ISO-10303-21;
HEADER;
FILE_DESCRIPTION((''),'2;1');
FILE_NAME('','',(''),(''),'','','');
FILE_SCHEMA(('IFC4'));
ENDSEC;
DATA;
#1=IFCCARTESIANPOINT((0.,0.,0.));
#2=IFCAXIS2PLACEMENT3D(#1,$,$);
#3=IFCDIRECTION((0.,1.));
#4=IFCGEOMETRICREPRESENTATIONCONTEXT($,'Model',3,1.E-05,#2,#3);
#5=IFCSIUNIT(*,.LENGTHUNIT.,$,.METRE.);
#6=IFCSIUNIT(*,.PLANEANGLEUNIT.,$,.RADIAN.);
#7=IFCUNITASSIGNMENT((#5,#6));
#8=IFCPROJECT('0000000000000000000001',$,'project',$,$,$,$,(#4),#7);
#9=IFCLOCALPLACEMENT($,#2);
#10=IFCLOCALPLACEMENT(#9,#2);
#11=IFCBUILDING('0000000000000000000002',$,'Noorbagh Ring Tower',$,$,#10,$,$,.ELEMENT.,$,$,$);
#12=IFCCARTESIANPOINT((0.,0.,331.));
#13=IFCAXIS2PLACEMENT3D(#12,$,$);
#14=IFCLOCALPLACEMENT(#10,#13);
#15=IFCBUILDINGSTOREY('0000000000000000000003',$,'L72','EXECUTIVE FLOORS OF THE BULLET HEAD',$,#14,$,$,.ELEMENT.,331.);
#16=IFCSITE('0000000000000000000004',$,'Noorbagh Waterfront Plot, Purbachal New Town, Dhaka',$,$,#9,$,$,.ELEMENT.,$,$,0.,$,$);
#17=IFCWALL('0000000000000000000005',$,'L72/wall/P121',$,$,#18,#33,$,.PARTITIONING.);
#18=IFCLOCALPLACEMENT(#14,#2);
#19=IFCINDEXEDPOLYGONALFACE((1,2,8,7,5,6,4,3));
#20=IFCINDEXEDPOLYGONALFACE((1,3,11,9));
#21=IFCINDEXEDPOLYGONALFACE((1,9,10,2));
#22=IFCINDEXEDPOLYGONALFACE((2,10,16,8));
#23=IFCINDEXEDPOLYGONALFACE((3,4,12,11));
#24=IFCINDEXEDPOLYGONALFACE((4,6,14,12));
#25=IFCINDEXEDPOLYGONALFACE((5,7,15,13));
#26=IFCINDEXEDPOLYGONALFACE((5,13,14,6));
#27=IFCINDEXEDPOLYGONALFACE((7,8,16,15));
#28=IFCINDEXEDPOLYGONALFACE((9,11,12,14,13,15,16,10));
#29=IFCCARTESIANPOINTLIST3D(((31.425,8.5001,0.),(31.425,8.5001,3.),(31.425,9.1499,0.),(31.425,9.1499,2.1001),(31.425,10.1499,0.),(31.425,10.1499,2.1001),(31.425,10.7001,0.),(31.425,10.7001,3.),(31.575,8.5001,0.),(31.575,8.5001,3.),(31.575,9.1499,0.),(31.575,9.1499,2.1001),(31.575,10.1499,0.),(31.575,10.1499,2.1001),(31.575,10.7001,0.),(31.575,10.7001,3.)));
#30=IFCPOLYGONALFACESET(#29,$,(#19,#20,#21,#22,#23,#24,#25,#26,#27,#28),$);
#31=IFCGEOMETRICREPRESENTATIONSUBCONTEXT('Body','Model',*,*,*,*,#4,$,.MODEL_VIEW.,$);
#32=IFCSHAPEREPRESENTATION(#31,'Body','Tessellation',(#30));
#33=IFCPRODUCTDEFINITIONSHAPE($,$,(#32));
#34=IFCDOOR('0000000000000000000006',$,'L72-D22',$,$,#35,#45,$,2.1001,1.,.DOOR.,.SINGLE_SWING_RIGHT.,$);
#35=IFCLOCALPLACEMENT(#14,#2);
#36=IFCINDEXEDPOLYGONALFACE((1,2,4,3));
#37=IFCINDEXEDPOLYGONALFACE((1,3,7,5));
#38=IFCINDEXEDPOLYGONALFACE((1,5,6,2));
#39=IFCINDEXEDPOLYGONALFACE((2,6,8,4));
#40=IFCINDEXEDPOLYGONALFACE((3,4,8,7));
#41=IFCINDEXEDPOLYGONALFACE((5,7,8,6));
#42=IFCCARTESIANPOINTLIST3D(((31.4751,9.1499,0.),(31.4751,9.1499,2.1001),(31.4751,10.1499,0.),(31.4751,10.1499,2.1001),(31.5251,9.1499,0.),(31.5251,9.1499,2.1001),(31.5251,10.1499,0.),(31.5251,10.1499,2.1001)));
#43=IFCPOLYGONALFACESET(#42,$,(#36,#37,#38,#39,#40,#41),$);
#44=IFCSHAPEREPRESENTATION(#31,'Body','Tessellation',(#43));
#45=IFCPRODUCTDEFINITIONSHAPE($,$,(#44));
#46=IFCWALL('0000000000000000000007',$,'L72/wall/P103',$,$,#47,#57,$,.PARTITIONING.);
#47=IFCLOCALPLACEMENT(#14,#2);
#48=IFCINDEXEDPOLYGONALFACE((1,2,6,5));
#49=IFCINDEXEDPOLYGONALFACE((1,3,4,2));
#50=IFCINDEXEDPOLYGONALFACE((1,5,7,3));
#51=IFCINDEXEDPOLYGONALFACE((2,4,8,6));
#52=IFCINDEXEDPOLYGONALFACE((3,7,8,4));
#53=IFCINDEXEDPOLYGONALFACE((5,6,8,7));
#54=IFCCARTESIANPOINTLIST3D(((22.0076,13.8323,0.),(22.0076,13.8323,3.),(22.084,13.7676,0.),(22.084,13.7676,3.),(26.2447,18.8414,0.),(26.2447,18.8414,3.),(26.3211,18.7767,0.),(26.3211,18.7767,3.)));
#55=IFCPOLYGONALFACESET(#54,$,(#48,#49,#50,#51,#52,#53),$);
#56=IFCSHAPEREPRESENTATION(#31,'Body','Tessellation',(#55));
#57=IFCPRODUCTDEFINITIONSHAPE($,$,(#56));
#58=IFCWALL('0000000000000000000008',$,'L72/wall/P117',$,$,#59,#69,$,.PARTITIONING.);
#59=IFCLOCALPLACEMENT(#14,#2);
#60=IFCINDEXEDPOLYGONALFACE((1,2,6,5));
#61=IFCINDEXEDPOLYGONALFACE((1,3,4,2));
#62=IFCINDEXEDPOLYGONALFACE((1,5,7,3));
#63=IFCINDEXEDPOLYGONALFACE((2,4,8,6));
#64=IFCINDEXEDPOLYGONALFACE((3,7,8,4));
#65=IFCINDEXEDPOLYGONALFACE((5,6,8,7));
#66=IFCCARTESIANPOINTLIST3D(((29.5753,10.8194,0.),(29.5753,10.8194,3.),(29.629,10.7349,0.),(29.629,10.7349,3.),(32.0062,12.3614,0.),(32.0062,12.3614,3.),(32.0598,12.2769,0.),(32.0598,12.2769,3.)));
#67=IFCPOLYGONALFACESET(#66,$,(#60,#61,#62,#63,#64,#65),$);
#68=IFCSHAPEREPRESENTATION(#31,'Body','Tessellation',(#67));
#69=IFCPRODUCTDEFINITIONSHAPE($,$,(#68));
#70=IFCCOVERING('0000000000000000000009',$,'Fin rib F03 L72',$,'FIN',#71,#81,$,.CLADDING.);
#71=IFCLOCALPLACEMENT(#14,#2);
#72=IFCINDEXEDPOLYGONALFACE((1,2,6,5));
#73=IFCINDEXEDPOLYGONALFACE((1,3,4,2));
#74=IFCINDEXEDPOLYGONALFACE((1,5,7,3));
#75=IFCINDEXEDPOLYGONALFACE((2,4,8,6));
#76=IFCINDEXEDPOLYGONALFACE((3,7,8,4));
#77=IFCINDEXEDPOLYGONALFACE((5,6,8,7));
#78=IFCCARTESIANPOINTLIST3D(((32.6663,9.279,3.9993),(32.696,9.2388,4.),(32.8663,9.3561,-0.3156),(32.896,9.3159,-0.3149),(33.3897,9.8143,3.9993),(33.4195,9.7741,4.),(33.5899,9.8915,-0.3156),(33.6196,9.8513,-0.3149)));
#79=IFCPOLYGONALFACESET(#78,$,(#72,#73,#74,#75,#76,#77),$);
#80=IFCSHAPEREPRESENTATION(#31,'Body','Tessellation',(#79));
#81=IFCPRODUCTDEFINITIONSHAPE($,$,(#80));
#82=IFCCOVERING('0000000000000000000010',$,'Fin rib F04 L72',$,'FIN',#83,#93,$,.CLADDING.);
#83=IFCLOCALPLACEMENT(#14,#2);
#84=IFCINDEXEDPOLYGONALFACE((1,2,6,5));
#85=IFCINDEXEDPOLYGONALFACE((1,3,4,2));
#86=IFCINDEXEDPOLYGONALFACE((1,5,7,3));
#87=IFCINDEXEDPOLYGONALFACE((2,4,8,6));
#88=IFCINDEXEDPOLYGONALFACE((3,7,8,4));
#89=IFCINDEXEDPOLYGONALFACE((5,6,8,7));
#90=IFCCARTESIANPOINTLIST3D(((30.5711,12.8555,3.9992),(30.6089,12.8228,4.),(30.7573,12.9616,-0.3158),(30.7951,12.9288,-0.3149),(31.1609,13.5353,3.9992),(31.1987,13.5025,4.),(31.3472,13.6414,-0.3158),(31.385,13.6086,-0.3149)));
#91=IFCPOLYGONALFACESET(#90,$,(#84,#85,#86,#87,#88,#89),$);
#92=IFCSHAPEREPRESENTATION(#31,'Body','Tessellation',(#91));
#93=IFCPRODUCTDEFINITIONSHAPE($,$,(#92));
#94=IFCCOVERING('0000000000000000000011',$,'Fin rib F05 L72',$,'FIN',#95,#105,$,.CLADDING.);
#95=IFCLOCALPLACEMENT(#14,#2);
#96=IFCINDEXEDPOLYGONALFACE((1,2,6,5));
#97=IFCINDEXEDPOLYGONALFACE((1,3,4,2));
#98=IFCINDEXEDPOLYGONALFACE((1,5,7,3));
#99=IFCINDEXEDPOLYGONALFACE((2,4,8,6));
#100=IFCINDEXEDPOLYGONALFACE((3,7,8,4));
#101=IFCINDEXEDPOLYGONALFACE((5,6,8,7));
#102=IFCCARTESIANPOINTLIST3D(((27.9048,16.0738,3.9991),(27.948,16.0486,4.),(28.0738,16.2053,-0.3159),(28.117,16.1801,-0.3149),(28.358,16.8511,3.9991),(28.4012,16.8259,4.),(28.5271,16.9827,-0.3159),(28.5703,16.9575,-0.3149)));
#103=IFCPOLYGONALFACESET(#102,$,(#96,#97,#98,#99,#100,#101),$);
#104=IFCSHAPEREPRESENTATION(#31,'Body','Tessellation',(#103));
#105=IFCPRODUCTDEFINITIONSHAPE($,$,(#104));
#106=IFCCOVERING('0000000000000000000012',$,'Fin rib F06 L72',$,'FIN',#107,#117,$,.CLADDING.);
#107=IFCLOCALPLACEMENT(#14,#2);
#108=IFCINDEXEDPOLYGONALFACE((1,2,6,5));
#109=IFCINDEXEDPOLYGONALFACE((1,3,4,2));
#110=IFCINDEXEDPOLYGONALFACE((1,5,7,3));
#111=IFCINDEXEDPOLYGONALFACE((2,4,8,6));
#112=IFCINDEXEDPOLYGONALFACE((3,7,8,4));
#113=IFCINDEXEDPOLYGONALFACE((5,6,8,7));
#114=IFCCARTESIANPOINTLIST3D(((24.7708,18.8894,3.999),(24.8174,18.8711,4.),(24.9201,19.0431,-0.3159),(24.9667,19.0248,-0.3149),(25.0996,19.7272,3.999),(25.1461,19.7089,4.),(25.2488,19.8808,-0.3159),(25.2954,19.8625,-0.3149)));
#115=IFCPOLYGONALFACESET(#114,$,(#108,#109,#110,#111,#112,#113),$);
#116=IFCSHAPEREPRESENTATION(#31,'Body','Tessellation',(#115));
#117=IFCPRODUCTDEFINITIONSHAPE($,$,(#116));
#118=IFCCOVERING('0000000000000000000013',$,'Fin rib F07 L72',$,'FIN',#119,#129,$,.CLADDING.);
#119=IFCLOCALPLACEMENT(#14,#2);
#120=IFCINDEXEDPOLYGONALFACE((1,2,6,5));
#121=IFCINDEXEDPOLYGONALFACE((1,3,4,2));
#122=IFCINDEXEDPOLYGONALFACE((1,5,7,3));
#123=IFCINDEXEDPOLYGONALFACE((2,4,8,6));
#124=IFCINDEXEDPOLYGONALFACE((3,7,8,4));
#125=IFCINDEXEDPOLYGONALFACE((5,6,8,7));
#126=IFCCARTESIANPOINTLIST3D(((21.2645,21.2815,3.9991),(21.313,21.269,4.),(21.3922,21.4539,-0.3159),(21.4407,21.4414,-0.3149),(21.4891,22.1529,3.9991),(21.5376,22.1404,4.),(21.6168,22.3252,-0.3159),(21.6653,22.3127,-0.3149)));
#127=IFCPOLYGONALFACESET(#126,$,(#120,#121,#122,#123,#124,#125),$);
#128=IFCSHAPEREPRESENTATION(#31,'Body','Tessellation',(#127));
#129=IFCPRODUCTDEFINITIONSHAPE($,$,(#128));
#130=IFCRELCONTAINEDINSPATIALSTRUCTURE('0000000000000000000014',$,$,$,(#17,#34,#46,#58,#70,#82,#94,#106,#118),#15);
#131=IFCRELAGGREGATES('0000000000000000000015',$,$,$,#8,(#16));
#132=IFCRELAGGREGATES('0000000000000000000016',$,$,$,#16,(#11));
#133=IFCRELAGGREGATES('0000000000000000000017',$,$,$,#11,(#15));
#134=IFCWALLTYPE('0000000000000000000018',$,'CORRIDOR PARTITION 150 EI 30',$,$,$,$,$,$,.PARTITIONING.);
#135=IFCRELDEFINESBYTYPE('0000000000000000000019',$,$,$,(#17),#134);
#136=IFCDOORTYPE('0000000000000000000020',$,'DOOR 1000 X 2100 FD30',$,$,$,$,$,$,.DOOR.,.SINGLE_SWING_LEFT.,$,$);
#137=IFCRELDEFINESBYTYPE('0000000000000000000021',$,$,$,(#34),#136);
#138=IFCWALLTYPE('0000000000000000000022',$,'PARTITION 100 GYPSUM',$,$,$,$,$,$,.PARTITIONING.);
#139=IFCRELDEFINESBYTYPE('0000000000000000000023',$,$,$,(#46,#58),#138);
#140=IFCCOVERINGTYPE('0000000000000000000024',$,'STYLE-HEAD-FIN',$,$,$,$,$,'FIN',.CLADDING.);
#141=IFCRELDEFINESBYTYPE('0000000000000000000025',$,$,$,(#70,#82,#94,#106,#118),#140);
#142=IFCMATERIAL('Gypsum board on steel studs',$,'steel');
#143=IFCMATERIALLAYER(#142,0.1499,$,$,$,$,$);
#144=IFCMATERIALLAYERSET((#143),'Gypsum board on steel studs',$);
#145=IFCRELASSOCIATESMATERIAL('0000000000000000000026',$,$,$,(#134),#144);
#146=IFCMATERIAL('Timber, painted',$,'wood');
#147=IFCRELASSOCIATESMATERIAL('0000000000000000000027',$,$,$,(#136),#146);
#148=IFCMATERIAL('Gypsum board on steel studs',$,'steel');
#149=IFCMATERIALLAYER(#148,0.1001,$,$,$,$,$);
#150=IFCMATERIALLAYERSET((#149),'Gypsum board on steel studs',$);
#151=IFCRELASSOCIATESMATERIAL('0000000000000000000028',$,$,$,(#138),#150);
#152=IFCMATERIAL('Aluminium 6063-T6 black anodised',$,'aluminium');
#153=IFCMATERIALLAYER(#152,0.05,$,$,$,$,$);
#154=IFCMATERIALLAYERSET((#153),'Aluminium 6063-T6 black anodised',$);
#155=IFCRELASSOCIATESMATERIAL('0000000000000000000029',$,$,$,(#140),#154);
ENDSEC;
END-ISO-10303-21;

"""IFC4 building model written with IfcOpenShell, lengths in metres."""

from ifc_helpers import new_model, si_unit, direction, frame, frame_2d, origin, place, context, subcontext, project, spatial, polyline, rectangle, outline, extrude, material, layer, layer_set, type_object, element, fill, save


model = new_model("IFC4")

# Units and contexts
model_context = context("Model", 3, precision=1e-05, world=origin(), true_north=direction((0.0, 1.0)))
body_context = subcontext(model_context, "Body", "Model", "MODEL_VIEW")
ifc_project = project(units=[si_unit("LENGTHUNIT", "METRE"), si_unit("PLANEANGLEUNIT", "RADIAN")], contexts=[model_context])

# Site, building, storey
site_placement = place(None, origin())
site = spatial("IfcSite", under=ifc_project, at=site_placement, Name="Noorbagh Waterfront Plot, Purbachal New Town, Dhaka", CompositionType="ELEMENT", RefElevation=0.0)
building_placement = place(site_placement, origin())
building = spatial("IfcBuilding", under=site, at=building_placement, Name="Noorbagh Ring Tower", CompositionType="ELEMENT")
storey_placement = place(building_placement, frame((0.0, 0.0, 331.0)))
storey = spatial("IfcBuildingStorey", under=building, at=storey_placement, Name="L72", Description="EXECUTIVE FLOORS OF THE BULLET HEAD", CompositionType="ELEMENT", Elevation=331.0)

# Shared definitions
ifc_material_1 = material(Name="Gypsum board on steel studs", Category="steel")
ifc_layer_1 = layer(ifc_material_1, 0.1499)
ifc_layer_set_1 = layer_set([ifc_layer_1], Name="Gypsum board on steel studs")
wall_type_1 = type_object("IfcWallType", Name="CORRIDOR PARTITION 150 EI 30", PredefinedType="PARTITIONING", material=ifc_layer_set_1)

# Wall, opening, door
ifc_material_2 = material(Name="Timber, painted", Category="wood")
door_type = type_object("IfcDoorType", Name="DOOR 1000 X 2100 FD30", OperationType="SINGLE_SWING_LEFT", PredefinedType="DOOR", material=ifc_material_2)
wall_1_placement = place(storey_placement, frame((31.5, 8.5, 0.0), z_axis=(0.0, 0.0, 1.0), x_axis=(0.0, 1.0, 0.0)))
wall_1 = element("IfcWall", 1, at=wall_1_placement, inside=storey, type_object=wall_type_1, Name="L72/wall/P121", PredefinedType="PARTITIONING", context=body_context, shape_type="SweptSolid", body=[
    extrude(rectangle(XDim=2.2, YDim=0.1499, at=frame_2d((1.1001, 0.0))), origin(), (0.0, 0.0, 1.0), 3.0),
])
opening_1_placement = place(wall_1_placement, frame((0.6499, 0.0, 0.0)))
opening_1 = element("IfcOpeningElement", 2, at=opening_1_placement, cuts=wall_1, PredefinedType="OPENING", context=body_context, shape_type="SweptSolid", body=[
    extrude(rectangle(XDim=1.0, YDim=2.1001, at=frame_2d((0.5, 1.05))), frame((0.0, 0.085, 0.0), z_axis=(0.0, -1.0, 0.0), x_axis=(1.0, 0.0, 0.0)), (0.0, 0.0, 1.0), 0.1699),
])
door_1_placement = place(opening_1_placement, origin())
door_1 = element("IfcDoor", 3, at=door_1_placement, inside=storey, type_object=door_type, Name="L72-D22", OperationType="SINGLE_SWING_RIGHT", OverallHeight=2.1001, OverallWidth=1.0, PredefinedType="DOOR", context=body_context, shape_type="SweptSolid", body=[
    extrude(rectangle(XDim=1.0, YDim=2.1001, at=frame_2d((0.5, 1.05))), frame((0.0, 0.0249, 0.0), z_axis=(0.0, -1.0, 0.0), x_axis=(1.0, 0.0, 0.0)), (0.0, 0.0, 1.0), 0.05),
])
fill(opening_1, door_1)

# Walls
ifc_material_3 = material(Name="Gypsum board on steel studs", Category="steel")
ifc_layer_2 = layer(ifc_material_3, 0.1001)
ifc_layer_set_2 = layer_set([ifc_layer_2], Name="Gypsum board on steel studs")
wall_type_2 = type_object("IfcWallType", Name="PARTITION 100 GYPSUM", PredefinedType="PARTITIONING", material=ifc_layer_set_2)
wall_2_placement = place(storey_placement, frame((22.0459, 13.8, 0.0), z_axis=(0.0, 0.0, 1.0), x_axis=(0.645822, 0.763488, 0.0)))
element("IfcWall", 4, at=wall_2_placement, inside=storey, type_object=wall_type_2, Name="L72/wall/P103", PredefinedType="PARTITIONING", context=body_context, shape_type="SweptSolid", body=[
    extrude(rectangle(XDim=6.5608, YDim=0.1001, at=frame_2d((3.2803, 0.0))), origin(), (0.0, 0.0, 1.0), 3.0),
])
wall_3_placement = place(storey_placement, frame((29.6021, 10.7771, 0.0), z_axis=(0.0, 0.0, 1.0), x_axis=(0.844439, 0.535651, 0.0)))
element("IfcWall", 5, at=wall_3_placement, inside=storey, type_object=wall_type_2, Name="L72/wall/P117", PredefinedType="PARTITIONING", context=body_context, shape_type="SweptSolid", body=[
    extrude(rectangle(XDim=2.8787, YDim=0.1001, at=frame_2d((1.4395, 0.0))), origin(), (0.0, 0.0, 1.0), 3.0),
])

# Coverings
ifc_material_4 = material(Name="Aluminium 6063-T6 black anodised", Category="aluminium")
ifc_layer_3 = layer(ifc_material_4, 0.05)
ifc_layer_set_3 = layer_set([ifc_layer_3], Name="Aluminium 6063-T6 black anodised")
covering_type_1 = type_object("IfcCoveringType", Name="STYLE-HEAD-FIN", ElementType="FIN", PredefinedType="CLADDING", material=ifc_layer_set_3)
covering_1_placement = place(storey_placement, frame((33.6196, 9.8513, -0.3149), z_axis=(0.594793, -0.80377, 0.013208), x_axis=(-0.046329, -0.017871, 0.998766)))
element("IfcCovering", 6, at=covering_1_placement, inside=storey, type_object=covering_type_1, Name="Fin rib F03 L72", ObjectType="FIN", PredefinedType="CLADDING", context=body_context, shape_type="SweptSolid", body=[
    extrude(outline(polyline([(0.0, 0.0), (4.3203, 0.0), (4.3634, 0.8989), (0.0431, 0.8991), (0.0, 0.0)])), origin(), (0.0, 0.0, -1.0), 0.05),
])
covering_2_placement = place(storey_placement, frame((31.385, 13.6086, -0.3149), z_axis=(0.755215, -0.65527, 0.016494), x_axis=(-0.043132, -0.02457, 0.998767)))
element("IfcCovering", 7, at=covering_2_placement, inside=storey, type_object=covering_type_1, Name="Fin rib F04 L72", ObjectType="FIN", PredefinedType="CLADDING", context=body_context, shape_type="SweptSolid", body=[
    extrude(outline(polyline([(0.0, 0.0), (4.3203, 0.0), (4.3624, 0.899), (0.0421, 0.8991), (0.0, 0.0)])), origin(), (0.0, 0.0, -1.0), 0.05),
])
covering_3_placement = place(storey_placement, frame((28.5703, 16.9575, -0.3149), z_axis=(0.86373, -0.503616, 0.018484), x_axis=(-0.039141, -0.030472, 0.998769)))
element("IfcCovering", 8, at=covering_3_placement, inside=storey, type_object=covering_type_1, Name="Fin rib F05 L72", ObjectType="FIN", PredefinedType="CLADDING", context=body_context, shape_type="SweptSolid", body=[
    extrude(outline(polyline([(0.0, 0.0), (4.3203, 0.0), (4.3617, 0.8988), (0.0414, 0.8989), (0.0, 0.0)])), origin(), (0.0, 0.0, -1.0), 0.05),
])
covering_4_placement = place(storey_placement, frame((25.2954, 19.8625, -0.3149), z_axis=(0.930727, -0.365212, 0.019194), x_axis=(-0.03455, -0.035559, 0.99877)))
element("IfcCovering", 9, at=covering_4_placement, inside=storey, type_object=covering_type_1, Name="Fin rib F06 L72", ObjectType="FIN", PredefinedType="CLADDING", context=body_context, shape_type="SweptSolid", body=[
    extrude(outline(polyline([(0.0, 0.0), (4.3203, 0.0), (4.3614, 0.8991), (0.0411, 0.8989), (0.0, 0.0)])), origin(), (0.0, 0.0, -1.0), 0.05),
])
covering_5_placement = place(storey_placement, frame((21.6653, 22.3127, -0.3149), z_axis=(0.968176, -0.249572, 0.01868), x_axis=(-0.029555, -0.039896, 0.998767)))
element("IfcCovering", 10, at=covering_5_placement, inside=storey, type_object=covering_type_1, Name="Fin rib F07 L72", ObjectType="FIN", PredefinedType="CLADDING", context=body_context, shape_type="SweptSolid", body=[
    extrude(outline(polyline([(0.0, 0.0), (4.3203, 0.0), (4.3617, 0.8989), (0.0414, 0.8989), (0.0, 0.0)])), origin(), (0.0, 0.0, -1.0), 0.05),
])

save(model, "model.ifc")
